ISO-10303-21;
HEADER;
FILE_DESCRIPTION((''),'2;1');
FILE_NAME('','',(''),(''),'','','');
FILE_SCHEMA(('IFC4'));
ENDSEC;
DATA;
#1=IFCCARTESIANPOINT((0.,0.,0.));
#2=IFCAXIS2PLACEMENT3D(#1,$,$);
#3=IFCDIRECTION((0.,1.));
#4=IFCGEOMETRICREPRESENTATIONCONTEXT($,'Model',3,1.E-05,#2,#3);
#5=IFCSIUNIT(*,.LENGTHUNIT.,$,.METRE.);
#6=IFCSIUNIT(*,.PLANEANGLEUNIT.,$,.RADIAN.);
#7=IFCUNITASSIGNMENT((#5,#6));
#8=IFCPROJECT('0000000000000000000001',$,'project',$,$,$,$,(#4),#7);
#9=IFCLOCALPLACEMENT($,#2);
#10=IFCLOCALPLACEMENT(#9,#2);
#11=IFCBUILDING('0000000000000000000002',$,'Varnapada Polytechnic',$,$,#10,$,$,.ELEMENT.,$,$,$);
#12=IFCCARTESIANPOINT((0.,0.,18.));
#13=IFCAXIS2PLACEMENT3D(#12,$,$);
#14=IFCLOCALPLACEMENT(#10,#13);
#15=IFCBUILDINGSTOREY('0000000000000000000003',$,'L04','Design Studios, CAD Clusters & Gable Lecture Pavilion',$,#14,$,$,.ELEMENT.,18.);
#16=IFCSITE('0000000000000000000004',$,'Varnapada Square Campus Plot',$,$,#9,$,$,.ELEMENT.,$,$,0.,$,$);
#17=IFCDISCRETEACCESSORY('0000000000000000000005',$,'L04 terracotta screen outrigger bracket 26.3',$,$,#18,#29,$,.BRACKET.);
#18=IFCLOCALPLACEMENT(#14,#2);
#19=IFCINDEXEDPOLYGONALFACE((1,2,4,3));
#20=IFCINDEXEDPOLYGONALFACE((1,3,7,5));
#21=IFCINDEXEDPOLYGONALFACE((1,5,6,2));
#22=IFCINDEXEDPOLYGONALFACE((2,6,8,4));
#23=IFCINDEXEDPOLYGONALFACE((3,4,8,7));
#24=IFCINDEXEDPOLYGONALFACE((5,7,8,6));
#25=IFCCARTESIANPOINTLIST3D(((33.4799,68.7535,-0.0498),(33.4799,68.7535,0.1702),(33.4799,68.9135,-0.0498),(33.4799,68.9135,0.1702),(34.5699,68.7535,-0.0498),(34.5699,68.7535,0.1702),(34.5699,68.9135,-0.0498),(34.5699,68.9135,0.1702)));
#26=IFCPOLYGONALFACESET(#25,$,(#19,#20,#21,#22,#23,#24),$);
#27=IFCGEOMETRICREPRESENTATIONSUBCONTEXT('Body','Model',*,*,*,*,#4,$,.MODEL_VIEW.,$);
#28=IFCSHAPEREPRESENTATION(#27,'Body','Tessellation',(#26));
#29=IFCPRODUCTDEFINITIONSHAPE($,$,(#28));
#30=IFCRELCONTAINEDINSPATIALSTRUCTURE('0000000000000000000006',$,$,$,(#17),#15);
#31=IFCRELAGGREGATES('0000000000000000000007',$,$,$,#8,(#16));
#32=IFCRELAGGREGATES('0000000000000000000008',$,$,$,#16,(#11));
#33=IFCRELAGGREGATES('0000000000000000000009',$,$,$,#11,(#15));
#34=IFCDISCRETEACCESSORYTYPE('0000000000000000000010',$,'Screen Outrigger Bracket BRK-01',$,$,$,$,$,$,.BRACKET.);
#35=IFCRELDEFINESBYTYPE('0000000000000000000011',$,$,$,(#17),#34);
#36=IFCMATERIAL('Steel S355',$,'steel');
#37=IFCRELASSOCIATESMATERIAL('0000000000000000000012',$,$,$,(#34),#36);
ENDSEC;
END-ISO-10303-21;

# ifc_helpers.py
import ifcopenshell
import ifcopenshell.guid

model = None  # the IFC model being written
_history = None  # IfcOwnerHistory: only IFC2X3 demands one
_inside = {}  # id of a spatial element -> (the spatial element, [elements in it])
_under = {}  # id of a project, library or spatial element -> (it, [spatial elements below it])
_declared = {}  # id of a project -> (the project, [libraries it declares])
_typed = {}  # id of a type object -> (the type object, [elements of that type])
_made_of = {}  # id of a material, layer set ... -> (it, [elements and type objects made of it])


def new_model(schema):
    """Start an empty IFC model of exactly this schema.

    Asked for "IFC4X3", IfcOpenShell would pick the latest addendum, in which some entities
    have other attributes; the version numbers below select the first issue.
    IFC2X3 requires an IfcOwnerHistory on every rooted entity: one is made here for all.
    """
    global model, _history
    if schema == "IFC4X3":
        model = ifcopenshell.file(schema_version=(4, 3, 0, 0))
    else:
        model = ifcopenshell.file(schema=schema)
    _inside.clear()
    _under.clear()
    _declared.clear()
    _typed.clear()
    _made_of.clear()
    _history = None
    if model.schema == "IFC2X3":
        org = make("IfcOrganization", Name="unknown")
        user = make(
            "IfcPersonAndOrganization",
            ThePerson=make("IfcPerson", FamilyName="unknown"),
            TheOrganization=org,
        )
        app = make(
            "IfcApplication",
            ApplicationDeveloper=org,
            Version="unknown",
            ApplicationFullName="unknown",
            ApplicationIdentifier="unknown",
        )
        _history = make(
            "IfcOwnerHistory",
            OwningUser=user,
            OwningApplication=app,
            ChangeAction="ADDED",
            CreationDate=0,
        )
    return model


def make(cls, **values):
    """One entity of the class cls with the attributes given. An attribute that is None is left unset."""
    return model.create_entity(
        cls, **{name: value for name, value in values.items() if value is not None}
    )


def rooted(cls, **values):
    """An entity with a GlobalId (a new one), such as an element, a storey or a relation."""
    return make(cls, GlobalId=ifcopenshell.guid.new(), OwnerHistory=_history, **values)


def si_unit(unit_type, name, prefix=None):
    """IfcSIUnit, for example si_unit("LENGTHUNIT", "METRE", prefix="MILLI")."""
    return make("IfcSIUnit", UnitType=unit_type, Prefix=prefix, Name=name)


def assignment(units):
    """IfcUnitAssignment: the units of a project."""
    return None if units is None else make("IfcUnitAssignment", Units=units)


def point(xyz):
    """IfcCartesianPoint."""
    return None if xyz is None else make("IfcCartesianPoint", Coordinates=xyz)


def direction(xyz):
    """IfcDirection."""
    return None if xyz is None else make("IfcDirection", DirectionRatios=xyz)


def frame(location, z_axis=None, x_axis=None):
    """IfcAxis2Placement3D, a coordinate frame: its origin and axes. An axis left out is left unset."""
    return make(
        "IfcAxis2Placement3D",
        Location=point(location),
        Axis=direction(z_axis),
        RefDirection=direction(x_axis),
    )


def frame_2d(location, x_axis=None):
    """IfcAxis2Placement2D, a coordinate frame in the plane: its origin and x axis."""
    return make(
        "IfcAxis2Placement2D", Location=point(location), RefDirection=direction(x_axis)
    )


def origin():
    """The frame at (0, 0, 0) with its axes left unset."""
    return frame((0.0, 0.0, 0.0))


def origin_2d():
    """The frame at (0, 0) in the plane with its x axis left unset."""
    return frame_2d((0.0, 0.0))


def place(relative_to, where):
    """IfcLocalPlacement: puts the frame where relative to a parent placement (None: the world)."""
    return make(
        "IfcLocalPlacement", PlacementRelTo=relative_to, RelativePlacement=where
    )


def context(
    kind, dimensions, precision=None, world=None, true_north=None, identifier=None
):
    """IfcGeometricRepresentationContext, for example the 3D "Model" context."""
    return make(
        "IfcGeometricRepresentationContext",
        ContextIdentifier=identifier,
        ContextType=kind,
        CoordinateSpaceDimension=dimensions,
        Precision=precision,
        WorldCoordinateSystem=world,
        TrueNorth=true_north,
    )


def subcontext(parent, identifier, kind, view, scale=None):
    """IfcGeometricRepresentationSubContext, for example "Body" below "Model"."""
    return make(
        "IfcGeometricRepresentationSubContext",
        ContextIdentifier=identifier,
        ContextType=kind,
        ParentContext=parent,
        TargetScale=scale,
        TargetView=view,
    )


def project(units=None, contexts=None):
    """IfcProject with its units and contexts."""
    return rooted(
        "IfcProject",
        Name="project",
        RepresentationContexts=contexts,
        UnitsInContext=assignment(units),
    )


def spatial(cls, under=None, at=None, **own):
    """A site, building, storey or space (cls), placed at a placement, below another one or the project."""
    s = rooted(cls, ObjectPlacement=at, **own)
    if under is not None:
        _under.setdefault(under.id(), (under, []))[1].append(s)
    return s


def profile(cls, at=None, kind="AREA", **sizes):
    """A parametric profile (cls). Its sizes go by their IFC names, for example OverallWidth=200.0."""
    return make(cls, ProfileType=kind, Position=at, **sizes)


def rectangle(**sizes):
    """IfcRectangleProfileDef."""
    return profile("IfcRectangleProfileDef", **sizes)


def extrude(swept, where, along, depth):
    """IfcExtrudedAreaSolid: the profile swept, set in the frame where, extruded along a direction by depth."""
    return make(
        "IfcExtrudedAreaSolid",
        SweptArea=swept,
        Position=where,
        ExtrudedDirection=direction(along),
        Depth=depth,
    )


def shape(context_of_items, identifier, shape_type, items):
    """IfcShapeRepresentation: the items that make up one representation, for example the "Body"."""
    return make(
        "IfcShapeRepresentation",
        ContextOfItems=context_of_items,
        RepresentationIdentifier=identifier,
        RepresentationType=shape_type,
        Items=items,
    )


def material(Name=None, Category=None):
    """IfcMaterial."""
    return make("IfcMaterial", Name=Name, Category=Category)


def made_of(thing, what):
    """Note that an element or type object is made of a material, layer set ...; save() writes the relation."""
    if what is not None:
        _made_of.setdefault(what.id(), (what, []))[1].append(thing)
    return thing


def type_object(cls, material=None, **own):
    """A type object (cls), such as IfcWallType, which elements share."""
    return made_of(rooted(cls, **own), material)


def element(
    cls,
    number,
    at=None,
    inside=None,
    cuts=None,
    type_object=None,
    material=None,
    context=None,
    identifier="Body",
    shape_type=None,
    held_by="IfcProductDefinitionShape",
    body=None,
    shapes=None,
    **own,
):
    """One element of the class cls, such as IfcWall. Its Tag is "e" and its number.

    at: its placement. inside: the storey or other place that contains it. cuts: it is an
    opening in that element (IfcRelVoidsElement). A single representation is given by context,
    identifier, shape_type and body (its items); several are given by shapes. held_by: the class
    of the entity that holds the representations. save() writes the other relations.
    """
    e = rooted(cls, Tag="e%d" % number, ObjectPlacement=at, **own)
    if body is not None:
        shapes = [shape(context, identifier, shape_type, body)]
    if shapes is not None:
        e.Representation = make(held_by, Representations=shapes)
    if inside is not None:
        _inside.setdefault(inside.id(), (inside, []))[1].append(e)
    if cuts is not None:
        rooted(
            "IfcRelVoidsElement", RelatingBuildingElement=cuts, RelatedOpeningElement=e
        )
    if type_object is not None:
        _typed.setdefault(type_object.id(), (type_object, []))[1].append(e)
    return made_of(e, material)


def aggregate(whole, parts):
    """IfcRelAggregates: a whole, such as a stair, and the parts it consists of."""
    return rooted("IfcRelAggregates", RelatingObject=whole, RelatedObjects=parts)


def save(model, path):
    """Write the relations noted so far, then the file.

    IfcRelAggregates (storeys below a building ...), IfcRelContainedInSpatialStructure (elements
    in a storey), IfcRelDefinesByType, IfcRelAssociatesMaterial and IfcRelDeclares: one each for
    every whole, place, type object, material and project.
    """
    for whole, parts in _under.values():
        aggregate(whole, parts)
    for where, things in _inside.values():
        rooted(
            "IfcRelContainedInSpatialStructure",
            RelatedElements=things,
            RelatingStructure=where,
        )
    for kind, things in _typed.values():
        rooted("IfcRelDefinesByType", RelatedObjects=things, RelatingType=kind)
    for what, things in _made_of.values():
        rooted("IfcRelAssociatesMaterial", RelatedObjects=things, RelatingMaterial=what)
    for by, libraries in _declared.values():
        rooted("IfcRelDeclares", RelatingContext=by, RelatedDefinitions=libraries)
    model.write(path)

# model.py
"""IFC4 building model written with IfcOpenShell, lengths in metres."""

from ifc_helpers import new_model, si_unit, direction, frame, origin, origin_2d, place, context, subcontext, project, spatial, rectangle, extrude, material, type_object, element, save


model = new_model("IFC4")

# Units and contexts
model_context = context("Model", 3, precision=1e-05, world=origin(), true_north=direction((0.0, 1.0)))
body_context = subcontext(model_context, "Body", "Model", "MODEL_VIEW")
ifc_project = project(units=[si_unit("LENGTHUNIT", "METRE"), si_unit("PLANEANGLEUNIT", "RADIAN")], contexts=[model_context])

# Site, building, storey
site_placement = place(None, origin())
site = spatial("IfcSite", under=ifc_project, at=site_placement, Name="Varnapada Square Campus Plot", CompositionType="ELEMENT", RefElevation=0.0)
building_placement = place(site_placement, origin())
building = spatial("IfcBuilding", under=site, at=building_placement, Name="Varnapada Polytechnic", CompositionType="ELEMENT")
storey_placement = place(building_placement, frame((0.0, 0.0, 18.0)))
storey = spatial("IfcBuildingStorey", under=building, at=storey_placement, Name="L04", Description="Design Studios, CAD Clusters & Gable Lecture Pavilion", CompositionType="ELEMENT", Elevation=18.0)

# Discrete accessory
ifc_material_1 = material(Name="Steel S355", Category="steel")
discrete_accessory_type = type_object("IfcDiscreteAccessoryType", Name="Screen Outrigger Bracket BRK-01", PredefinedType="BRACKET", material=ifc_material_1)
for number, where, z_axis, x_axis, name in (
    (1, (34.0249, 68.8335, -0.0498), (0.0, 0.0, 1.0), (0.0, -1.0, 0.0), "L04 terracotta screen outrigger bracket 26.3"),
):
    element("IfcDiscreteAccessory", number, at=place(storey_placement, frame(where, z_axis=z_axis, x_axis=x_axis)), inside=storey, type_object=discrete_accessory_type, Name=name, PredefinedType="BRACKET", context=body_context, shape_type="SweptSolid", body=[
        extrude(rectangle(XDim=0.1599, YDim=1.0901, at=origin_2d()), origin(), (0.0, 0.0, 1.0), 0.22),
    ])

save(model, "model.ifc")
